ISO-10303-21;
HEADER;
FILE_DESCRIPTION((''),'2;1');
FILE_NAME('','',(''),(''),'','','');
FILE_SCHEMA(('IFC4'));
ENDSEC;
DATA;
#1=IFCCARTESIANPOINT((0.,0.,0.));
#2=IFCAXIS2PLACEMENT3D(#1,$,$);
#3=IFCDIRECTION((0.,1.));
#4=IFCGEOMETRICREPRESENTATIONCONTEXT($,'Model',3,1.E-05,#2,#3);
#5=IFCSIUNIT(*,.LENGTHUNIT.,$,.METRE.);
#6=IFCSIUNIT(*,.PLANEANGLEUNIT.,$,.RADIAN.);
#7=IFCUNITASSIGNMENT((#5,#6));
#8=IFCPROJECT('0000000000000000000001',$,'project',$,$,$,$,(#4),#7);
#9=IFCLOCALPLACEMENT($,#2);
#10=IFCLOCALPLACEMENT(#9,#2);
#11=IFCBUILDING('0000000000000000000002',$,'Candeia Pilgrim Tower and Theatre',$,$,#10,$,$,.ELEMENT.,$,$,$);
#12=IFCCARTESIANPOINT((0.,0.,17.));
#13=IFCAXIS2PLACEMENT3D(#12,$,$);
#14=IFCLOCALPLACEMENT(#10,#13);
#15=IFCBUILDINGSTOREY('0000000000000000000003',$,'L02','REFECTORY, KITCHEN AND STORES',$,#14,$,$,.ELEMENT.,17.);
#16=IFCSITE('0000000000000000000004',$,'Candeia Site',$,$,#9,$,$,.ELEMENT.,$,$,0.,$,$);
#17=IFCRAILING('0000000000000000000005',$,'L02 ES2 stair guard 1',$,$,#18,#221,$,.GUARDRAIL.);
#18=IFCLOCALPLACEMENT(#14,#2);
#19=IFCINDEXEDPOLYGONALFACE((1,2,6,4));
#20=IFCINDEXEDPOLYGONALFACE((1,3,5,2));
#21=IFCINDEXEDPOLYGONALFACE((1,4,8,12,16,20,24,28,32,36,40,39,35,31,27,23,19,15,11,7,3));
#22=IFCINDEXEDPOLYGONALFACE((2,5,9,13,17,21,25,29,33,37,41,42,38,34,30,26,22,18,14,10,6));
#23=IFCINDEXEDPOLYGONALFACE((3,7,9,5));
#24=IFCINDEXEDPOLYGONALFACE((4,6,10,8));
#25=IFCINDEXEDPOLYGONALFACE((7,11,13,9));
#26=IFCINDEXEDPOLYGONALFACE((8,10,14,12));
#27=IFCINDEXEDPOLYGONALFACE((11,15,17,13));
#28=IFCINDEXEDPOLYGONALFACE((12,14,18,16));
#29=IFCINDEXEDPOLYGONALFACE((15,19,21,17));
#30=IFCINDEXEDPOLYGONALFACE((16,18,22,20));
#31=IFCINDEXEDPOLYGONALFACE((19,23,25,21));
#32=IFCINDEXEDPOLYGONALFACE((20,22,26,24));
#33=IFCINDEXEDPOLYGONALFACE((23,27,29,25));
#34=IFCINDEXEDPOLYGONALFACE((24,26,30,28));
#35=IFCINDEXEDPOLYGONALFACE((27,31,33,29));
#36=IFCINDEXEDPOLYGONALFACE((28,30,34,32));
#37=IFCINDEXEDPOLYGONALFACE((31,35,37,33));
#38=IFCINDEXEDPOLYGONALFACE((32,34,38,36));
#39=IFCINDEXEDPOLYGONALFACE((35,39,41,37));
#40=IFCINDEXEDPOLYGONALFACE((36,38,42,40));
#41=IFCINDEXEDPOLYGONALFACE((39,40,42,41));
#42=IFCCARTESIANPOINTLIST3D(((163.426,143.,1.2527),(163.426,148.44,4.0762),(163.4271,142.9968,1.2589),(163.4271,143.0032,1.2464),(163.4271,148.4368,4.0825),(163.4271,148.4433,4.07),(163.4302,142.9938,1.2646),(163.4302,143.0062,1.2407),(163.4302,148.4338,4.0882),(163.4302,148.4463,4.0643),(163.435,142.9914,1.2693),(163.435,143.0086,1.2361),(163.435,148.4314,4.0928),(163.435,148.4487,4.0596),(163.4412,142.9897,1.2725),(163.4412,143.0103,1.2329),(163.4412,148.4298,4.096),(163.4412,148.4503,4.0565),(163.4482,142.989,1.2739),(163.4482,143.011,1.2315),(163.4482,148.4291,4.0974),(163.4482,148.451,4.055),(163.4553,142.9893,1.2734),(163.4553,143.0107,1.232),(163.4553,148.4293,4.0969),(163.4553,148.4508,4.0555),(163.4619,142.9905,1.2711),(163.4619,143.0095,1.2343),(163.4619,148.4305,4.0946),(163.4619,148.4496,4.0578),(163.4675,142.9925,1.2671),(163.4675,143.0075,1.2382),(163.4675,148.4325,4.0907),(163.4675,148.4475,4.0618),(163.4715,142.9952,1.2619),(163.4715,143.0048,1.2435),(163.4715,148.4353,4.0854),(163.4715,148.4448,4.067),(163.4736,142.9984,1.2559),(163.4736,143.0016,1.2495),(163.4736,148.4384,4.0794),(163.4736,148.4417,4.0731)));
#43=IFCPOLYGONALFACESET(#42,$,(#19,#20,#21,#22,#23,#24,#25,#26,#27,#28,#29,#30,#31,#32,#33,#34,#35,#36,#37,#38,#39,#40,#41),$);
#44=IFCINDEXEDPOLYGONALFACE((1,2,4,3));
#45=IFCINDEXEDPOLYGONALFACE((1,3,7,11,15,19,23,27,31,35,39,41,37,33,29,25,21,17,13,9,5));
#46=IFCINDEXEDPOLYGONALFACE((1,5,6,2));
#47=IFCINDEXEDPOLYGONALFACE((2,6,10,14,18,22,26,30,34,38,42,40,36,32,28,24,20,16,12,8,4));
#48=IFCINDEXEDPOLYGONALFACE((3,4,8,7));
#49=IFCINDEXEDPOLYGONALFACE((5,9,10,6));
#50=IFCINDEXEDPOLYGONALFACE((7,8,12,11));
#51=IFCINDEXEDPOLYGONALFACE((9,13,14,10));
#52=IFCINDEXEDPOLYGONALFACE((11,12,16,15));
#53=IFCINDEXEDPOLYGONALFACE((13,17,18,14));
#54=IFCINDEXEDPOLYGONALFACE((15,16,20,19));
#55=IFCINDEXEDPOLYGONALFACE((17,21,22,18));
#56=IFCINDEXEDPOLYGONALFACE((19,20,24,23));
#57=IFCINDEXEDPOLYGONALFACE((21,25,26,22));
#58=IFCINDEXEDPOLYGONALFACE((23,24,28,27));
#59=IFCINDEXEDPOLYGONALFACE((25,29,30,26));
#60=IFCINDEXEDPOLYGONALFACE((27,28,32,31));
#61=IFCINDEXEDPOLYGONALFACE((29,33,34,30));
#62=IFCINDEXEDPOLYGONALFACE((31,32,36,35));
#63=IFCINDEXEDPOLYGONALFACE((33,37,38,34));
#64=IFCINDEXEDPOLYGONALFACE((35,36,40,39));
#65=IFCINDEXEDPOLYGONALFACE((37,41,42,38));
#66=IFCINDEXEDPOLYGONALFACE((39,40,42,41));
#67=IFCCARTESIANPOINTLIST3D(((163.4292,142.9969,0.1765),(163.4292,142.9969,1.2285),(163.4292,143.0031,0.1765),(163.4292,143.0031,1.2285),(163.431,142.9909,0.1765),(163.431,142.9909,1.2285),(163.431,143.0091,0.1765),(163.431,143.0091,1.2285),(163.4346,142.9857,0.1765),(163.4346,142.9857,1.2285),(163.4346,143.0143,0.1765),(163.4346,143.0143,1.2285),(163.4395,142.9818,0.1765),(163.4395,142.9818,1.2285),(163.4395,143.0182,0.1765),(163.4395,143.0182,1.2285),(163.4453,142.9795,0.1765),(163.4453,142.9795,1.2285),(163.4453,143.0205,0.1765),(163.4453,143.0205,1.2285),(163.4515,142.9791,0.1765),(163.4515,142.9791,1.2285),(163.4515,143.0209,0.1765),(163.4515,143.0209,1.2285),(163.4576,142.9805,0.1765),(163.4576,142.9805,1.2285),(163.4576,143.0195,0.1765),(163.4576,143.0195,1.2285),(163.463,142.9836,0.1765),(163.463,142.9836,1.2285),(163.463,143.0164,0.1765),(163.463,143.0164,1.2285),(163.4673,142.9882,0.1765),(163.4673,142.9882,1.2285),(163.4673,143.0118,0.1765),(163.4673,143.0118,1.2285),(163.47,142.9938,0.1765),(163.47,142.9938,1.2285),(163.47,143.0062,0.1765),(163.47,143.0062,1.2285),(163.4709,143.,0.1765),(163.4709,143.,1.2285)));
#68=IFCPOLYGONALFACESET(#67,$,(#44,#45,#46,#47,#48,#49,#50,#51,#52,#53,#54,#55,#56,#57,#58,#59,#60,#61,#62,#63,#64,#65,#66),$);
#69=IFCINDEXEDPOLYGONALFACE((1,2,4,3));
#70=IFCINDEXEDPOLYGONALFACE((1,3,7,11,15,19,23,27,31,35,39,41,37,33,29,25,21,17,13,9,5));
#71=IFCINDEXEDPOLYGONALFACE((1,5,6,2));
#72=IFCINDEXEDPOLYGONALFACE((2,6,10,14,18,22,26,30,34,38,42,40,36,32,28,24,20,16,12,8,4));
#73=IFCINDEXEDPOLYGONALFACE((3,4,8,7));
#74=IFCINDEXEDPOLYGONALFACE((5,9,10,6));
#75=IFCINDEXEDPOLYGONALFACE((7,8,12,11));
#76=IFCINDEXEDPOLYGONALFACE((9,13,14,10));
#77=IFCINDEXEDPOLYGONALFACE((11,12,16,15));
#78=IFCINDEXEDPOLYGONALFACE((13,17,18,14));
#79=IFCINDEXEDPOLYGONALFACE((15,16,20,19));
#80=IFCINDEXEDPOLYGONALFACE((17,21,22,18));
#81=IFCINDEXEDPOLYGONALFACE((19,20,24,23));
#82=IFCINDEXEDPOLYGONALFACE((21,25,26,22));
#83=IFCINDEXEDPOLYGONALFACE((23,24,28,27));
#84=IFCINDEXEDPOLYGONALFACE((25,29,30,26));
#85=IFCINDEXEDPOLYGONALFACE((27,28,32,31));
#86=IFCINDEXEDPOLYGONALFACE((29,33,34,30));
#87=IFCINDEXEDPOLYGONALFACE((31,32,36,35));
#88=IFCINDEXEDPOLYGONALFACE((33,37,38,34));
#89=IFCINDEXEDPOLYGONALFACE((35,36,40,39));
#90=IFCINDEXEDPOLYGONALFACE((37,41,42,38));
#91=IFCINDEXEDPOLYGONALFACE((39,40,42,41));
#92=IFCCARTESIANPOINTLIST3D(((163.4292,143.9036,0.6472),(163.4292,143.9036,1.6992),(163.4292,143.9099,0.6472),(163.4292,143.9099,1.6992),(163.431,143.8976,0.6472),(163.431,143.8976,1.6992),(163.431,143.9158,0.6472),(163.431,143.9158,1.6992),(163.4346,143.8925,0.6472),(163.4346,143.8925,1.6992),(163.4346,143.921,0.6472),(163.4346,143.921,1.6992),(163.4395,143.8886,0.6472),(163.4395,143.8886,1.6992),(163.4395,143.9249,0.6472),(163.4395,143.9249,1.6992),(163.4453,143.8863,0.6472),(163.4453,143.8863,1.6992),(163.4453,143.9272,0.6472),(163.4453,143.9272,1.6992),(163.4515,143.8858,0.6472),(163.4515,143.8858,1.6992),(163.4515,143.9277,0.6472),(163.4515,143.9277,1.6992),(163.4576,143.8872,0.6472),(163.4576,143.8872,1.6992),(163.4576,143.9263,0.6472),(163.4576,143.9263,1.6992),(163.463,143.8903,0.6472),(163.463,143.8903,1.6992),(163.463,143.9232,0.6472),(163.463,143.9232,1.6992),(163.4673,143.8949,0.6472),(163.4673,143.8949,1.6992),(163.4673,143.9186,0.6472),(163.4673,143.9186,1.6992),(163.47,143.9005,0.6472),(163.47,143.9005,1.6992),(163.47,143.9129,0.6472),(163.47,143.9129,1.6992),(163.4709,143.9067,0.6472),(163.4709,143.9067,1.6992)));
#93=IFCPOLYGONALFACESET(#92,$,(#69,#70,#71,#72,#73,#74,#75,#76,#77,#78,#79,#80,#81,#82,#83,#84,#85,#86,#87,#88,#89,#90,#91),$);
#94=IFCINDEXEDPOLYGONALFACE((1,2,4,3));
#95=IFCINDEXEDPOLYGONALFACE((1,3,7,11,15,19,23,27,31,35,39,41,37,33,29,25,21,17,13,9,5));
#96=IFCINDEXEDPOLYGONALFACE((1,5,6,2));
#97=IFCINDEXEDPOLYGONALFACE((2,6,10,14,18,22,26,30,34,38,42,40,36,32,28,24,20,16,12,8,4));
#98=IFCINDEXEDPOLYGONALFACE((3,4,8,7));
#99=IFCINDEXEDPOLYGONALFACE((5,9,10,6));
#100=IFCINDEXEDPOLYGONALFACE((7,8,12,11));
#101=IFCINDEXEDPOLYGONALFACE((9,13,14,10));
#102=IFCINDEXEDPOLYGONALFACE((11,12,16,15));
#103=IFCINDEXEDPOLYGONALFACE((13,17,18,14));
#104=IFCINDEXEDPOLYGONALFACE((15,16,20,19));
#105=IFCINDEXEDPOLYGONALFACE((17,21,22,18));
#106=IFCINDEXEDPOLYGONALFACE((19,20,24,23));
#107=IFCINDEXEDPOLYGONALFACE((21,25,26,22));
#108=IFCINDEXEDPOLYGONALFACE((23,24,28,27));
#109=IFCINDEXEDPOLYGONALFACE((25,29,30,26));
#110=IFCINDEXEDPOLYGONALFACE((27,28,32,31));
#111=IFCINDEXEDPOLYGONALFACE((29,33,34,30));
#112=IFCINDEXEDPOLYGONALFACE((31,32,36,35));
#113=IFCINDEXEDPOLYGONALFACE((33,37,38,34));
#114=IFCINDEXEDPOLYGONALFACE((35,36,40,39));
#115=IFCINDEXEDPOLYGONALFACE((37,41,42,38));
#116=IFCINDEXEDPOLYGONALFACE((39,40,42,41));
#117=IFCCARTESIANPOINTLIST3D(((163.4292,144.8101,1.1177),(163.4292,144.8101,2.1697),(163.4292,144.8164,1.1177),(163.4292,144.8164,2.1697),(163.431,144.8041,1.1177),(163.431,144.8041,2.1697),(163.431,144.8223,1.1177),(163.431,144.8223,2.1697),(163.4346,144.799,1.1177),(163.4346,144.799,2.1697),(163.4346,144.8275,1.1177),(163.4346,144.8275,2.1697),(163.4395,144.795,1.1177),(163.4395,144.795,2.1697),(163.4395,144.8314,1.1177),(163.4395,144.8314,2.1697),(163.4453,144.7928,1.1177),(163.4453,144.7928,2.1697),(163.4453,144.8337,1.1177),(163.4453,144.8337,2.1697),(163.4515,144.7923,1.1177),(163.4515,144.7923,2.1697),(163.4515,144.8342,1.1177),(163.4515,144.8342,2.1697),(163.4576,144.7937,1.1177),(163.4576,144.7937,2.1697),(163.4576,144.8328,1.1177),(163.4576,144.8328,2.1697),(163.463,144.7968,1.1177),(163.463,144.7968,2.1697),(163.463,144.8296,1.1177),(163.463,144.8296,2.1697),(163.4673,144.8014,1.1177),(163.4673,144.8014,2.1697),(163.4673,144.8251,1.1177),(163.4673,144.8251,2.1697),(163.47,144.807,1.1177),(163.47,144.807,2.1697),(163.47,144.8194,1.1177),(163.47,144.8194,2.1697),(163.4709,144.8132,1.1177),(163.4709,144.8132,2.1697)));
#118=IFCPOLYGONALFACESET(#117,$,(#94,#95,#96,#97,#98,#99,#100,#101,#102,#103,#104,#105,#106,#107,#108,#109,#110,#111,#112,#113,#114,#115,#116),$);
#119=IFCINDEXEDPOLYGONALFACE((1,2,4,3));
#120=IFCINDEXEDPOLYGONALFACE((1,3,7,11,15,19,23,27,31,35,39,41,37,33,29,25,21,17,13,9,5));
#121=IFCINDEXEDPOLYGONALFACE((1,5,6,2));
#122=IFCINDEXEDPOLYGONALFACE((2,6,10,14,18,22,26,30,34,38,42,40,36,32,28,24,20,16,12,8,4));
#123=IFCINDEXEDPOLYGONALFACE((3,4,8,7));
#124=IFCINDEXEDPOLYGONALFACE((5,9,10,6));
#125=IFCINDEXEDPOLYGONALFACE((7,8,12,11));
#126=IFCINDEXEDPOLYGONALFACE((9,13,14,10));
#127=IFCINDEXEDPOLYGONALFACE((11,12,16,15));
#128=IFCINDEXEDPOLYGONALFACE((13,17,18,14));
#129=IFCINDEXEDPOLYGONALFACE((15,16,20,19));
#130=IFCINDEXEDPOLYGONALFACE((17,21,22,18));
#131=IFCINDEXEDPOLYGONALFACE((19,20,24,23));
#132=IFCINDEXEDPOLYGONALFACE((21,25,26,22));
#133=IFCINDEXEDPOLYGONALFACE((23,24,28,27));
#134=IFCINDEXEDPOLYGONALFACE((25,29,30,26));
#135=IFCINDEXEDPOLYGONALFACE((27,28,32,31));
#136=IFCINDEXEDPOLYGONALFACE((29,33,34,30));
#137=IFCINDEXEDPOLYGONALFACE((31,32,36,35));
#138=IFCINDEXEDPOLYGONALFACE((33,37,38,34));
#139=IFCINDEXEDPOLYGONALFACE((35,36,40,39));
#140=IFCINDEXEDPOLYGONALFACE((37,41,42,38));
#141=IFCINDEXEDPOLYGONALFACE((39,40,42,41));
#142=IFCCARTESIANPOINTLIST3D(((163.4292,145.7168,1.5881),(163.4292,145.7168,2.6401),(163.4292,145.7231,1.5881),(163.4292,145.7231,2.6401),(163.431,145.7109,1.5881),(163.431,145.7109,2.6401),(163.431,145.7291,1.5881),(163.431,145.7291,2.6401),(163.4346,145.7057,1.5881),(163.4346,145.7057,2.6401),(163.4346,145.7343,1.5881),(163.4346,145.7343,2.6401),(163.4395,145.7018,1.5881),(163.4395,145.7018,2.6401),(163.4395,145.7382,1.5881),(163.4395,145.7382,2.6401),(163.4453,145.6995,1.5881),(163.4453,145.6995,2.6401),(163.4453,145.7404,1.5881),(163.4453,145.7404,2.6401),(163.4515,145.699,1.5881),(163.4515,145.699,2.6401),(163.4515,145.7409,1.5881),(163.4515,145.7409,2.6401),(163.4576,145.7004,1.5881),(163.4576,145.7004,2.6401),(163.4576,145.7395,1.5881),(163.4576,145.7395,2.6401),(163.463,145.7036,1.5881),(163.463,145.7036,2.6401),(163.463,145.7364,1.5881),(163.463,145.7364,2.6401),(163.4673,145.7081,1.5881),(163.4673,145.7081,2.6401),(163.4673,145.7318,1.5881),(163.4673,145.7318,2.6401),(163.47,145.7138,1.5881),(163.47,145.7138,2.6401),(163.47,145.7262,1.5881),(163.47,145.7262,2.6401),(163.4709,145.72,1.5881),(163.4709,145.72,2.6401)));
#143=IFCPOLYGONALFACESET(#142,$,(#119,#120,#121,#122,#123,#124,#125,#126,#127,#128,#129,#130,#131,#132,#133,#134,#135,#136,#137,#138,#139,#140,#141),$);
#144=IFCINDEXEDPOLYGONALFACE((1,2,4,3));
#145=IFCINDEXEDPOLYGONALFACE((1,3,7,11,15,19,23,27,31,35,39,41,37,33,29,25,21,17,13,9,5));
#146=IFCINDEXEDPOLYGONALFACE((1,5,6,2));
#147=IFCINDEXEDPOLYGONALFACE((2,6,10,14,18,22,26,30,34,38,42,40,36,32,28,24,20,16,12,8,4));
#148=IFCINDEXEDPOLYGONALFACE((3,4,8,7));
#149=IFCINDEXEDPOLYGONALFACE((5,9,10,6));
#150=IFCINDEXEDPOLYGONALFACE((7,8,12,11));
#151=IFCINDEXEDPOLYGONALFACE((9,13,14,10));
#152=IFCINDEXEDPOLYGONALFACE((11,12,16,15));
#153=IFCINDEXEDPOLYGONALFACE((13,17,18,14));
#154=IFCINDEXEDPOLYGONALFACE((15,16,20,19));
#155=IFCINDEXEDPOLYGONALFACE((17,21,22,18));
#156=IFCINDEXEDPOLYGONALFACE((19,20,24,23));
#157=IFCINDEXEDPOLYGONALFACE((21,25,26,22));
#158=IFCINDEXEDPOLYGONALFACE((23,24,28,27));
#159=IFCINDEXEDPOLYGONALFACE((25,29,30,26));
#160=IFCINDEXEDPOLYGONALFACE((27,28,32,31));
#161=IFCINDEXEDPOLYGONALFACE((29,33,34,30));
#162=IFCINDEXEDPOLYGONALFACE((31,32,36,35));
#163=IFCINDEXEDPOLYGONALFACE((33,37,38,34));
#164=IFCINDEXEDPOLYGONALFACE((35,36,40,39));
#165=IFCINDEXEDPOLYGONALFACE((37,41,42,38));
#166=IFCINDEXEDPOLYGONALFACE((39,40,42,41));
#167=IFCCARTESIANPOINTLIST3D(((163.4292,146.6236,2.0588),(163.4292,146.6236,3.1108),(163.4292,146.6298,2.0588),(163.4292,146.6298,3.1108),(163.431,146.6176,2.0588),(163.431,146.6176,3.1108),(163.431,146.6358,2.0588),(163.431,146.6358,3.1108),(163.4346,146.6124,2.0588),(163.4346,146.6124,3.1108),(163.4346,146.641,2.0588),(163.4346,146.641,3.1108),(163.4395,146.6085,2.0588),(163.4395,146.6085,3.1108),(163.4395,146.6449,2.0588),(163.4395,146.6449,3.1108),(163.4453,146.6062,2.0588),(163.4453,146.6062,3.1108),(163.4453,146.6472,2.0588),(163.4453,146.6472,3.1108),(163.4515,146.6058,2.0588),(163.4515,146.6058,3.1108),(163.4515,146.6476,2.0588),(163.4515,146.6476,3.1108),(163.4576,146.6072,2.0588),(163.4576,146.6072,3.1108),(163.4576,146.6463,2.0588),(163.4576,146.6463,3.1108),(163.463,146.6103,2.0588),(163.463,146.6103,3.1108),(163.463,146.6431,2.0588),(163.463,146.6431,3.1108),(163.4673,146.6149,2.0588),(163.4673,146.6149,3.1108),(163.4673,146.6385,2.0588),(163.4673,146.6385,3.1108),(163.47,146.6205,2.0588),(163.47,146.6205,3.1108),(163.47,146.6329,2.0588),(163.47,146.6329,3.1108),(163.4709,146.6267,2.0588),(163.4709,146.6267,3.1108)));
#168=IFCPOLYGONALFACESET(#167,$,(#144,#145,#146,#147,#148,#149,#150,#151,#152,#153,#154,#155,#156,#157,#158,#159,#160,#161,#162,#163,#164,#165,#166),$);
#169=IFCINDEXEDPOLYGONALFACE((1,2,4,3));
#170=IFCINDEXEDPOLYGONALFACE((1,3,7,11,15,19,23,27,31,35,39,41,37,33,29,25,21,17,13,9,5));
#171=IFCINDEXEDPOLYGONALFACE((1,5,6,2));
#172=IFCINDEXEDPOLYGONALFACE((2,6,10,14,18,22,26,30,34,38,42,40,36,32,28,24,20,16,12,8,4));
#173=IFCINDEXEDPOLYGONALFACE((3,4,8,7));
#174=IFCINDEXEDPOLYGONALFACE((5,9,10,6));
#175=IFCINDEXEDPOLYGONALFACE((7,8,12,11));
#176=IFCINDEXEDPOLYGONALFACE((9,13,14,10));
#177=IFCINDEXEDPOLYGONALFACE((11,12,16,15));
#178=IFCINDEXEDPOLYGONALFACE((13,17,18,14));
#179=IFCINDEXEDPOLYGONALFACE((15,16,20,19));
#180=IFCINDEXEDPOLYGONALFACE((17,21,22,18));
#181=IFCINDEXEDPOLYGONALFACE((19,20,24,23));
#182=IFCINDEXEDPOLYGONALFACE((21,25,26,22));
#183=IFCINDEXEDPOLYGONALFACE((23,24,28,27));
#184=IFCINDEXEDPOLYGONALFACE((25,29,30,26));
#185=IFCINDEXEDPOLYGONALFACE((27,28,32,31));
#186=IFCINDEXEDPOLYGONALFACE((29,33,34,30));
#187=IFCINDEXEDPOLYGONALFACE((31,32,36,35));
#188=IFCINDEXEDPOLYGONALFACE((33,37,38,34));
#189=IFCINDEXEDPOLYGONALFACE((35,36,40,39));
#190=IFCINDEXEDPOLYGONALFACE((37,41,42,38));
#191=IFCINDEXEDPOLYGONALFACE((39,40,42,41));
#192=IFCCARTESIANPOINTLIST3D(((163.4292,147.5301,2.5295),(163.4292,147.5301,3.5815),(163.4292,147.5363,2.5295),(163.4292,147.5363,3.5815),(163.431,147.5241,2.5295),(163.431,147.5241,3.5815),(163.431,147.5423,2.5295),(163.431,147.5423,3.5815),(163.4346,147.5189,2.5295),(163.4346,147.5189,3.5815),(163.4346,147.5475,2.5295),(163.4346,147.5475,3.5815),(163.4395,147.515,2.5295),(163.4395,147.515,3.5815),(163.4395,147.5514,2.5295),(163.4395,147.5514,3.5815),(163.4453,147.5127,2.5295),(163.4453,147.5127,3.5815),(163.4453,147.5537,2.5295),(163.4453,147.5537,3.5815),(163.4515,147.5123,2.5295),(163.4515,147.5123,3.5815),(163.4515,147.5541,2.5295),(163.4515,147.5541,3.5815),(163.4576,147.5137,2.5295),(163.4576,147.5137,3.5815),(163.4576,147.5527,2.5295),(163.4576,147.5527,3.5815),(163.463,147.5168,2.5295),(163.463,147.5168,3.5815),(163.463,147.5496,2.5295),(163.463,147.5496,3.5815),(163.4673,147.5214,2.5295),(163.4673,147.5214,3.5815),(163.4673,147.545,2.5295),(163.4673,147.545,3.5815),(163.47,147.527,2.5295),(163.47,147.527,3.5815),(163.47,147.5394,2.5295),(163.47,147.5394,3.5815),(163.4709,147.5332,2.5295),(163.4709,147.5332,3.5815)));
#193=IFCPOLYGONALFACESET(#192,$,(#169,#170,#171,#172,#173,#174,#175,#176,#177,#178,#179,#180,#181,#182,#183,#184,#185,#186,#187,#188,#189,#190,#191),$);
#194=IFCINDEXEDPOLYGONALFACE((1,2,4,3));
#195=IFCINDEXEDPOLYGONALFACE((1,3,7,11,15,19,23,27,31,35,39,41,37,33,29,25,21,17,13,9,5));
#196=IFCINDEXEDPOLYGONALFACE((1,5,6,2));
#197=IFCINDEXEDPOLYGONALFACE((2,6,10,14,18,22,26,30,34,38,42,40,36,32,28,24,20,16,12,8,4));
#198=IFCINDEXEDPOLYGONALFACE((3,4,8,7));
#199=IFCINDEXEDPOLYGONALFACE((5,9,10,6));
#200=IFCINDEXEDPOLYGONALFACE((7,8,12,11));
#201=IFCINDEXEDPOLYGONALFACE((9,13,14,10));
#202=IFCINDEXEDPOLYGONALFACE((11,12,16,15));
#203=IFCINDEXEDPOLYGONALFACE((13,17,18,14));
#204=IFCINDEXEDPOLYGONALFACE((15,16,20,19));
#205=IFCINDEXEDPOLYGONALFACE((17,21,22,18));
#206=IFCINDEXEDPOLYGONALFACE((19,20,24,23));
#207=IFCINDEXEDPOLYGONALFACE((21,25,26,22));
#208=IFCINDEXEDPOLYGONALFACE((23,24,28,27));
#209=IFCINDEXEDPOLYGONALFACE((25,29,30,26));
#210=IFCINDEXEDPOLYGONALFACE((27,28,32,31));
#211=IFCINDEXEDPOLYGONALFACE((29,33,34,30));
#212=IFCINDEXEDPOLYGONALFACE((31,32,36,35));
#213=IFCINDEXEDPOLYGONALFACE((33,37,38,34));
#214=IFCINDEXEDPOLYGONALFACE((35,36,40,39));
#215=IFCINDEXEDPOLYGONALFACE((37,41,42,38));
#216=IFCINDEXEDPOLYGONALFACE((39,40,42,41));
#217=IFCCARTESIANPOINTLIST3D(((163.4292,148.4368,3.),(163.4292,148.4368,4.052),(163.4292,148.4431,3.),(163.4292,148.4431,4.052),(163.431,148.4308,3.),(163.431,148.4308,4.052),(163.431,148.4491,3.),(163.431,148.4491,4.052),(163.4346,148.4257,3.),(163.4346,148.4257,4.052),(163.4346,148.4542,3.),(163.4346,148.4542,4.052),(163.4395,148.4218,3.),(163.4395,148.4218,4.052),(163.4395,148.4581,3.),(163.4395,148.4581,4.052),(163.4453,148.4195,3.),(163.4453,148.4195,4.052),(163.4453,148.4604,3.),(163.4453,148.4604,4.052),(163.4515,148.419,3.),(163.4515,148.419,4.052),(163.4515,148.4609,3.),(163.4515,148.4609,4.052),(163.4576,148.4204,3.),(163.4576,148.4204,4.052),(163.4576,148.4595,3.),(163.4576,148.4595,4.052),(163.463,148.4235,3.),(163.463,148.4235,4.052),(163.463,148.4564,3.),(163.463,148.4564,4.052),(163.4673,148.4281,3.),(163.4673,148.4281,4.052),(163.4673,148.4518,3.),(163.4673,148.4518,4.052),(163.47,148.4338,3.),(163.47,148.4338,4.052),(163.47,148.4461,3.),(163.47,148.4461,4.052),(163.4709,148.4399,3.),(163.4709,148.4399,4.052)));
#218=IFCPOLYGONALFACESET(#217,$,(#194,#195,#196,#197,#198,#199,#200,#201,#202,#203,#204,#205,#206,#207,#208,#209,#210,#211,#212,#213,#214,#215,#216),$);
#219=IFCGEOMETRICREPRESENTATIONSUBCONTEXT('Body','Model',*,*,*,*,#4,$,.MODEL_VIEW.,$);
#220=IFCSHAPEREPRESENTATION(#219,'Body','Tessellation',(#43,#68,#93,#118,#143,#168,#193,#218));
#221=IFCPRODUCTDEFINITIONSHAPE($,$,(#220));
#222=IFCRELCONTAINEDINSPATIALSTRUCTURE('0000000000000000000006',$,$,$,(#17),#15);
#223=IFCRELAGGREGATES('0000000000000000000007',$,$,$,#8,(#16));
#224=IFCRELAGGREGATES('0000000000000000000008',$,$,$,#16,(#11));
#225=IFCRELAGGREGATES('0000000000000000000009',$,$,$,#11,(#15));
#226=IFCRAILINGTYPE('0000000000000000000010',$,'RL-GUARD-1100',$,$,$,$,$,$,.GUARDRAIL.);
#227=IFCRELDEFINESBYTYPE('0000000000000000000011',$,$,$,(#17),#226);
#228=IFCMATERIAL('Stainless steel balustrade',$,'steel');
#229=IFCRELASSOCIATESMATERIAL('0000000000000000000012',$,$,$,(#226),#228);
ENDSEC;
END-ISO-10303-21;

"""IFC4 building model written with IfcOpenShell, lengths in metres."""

from ifc_helpers import new_model, si_unit, direction, frame, origin, origin_2d, place, context, subcontext, project, spatial, circle, extrude, material, type_object, element, save


model = new_model("IFC4")

# Units and contexts
model_context = context("Model", 3, precision=1e-05, world=origin(), true_north=direction((0.0, 1.0)))
body_context = subcontext(model_context, "Body", "Model", "MODEL_VIEW")
ifc_project = project(units=[si_unit("LENGTHUNIT", "METRE"), si_unit("PLANEANGLEUNIT", "RADIAN")], contexts=[model_context])

# Site, building, storey
site_placement = place(None, origin())
site = spatial("IfcSite", under=ifc_project, at=site_placement, Name="Candeia Site", CompositionType="ELEMENT", RefElevation=0.0)
building_placement = place(site_placement, origin())
building = spatial("IfcBuilding", under=site, at=building_placement, Name="Candeia Pilgrim Tower and Theatre", CompositionType="ELEMENT")
storey_placement = place(building_placement, frame((0.0, 0.0, 17.0)))
storey = spatial("IfcBuildingStorey", under=building, at=storey_placement, Name="L02", Description="REFECTORY, KITCHEN AND STORES", CompositionType="ELEMENT", Elevation=17.0)

# Railing
ifc_material_1 = material(Name="Stainless steel balustrade", Category="steel")
railing_type_1 = type_object("IfcRailingType", Name="RL-GUARD-1100", PredefinedType="GUARDRAIL", material=ifc_material_1)
railing_1_placement = place(storey_placement, frame((163.45, 143.0, 0.1765)))
element("IfcRailing", 1, at=railing_1_placement, inside=storey, type_object=railing_type_1, Name="L02 ES2 stair guard 1", PredefinedType="GUARDRAIL", context=body_context, shape_type="SweptSolid", body=[
    extrude(circle(Radius=0.0239, at=origin_2d()), frame((0.0, 0.0, 1.0762), z_axis=(0.0, 0.887569, 0.460674), x_axis=(-1.0, 0.0, 0.0)), (0.0, 0.0, 1.0), 6.1292),
    extrude(circle(Radius=0.021, at=origin_2d()), origin(), (0.0, 0.0, 1.0), 1.052),
    extrude(circle(Radius=0.021, at=origin_2d()), frame((0.0, 0.9067, 0.4707)), (0.0, 0.0, 1.0), 1.052),
    extrude(circle(Radius=0.021, at=origin_2d()), frame((0.0, 1.8132, 0.9412)), (0.0, 0.0, 1.0), 1.052),
    extrude(circle(Radius=0.021, at=origin_2d()), frame((0.0, 2.72, 1.4116)), (0.0, 0.0, 1.0), 1.052),
    extrude(circle(Radius=0.021, at=origin_2d()), frame((0.0, 3.6267, 1.8823)), (0.0, 0.0, 1.0), 1.052),
    extrude(circle(Radius=0.021, at=origin_2d()), frame((0.0, 4.5332, 2.353)), (0.0, 0.0, 1.0), 1.052),
    extrude(circle(Radius=0.021, at=origin_2d()), frame((0.0, 5.4399, 2.8235)), (0.0, 0.0, 1.0), 1.052),
])

save(model, "model.ifc")
